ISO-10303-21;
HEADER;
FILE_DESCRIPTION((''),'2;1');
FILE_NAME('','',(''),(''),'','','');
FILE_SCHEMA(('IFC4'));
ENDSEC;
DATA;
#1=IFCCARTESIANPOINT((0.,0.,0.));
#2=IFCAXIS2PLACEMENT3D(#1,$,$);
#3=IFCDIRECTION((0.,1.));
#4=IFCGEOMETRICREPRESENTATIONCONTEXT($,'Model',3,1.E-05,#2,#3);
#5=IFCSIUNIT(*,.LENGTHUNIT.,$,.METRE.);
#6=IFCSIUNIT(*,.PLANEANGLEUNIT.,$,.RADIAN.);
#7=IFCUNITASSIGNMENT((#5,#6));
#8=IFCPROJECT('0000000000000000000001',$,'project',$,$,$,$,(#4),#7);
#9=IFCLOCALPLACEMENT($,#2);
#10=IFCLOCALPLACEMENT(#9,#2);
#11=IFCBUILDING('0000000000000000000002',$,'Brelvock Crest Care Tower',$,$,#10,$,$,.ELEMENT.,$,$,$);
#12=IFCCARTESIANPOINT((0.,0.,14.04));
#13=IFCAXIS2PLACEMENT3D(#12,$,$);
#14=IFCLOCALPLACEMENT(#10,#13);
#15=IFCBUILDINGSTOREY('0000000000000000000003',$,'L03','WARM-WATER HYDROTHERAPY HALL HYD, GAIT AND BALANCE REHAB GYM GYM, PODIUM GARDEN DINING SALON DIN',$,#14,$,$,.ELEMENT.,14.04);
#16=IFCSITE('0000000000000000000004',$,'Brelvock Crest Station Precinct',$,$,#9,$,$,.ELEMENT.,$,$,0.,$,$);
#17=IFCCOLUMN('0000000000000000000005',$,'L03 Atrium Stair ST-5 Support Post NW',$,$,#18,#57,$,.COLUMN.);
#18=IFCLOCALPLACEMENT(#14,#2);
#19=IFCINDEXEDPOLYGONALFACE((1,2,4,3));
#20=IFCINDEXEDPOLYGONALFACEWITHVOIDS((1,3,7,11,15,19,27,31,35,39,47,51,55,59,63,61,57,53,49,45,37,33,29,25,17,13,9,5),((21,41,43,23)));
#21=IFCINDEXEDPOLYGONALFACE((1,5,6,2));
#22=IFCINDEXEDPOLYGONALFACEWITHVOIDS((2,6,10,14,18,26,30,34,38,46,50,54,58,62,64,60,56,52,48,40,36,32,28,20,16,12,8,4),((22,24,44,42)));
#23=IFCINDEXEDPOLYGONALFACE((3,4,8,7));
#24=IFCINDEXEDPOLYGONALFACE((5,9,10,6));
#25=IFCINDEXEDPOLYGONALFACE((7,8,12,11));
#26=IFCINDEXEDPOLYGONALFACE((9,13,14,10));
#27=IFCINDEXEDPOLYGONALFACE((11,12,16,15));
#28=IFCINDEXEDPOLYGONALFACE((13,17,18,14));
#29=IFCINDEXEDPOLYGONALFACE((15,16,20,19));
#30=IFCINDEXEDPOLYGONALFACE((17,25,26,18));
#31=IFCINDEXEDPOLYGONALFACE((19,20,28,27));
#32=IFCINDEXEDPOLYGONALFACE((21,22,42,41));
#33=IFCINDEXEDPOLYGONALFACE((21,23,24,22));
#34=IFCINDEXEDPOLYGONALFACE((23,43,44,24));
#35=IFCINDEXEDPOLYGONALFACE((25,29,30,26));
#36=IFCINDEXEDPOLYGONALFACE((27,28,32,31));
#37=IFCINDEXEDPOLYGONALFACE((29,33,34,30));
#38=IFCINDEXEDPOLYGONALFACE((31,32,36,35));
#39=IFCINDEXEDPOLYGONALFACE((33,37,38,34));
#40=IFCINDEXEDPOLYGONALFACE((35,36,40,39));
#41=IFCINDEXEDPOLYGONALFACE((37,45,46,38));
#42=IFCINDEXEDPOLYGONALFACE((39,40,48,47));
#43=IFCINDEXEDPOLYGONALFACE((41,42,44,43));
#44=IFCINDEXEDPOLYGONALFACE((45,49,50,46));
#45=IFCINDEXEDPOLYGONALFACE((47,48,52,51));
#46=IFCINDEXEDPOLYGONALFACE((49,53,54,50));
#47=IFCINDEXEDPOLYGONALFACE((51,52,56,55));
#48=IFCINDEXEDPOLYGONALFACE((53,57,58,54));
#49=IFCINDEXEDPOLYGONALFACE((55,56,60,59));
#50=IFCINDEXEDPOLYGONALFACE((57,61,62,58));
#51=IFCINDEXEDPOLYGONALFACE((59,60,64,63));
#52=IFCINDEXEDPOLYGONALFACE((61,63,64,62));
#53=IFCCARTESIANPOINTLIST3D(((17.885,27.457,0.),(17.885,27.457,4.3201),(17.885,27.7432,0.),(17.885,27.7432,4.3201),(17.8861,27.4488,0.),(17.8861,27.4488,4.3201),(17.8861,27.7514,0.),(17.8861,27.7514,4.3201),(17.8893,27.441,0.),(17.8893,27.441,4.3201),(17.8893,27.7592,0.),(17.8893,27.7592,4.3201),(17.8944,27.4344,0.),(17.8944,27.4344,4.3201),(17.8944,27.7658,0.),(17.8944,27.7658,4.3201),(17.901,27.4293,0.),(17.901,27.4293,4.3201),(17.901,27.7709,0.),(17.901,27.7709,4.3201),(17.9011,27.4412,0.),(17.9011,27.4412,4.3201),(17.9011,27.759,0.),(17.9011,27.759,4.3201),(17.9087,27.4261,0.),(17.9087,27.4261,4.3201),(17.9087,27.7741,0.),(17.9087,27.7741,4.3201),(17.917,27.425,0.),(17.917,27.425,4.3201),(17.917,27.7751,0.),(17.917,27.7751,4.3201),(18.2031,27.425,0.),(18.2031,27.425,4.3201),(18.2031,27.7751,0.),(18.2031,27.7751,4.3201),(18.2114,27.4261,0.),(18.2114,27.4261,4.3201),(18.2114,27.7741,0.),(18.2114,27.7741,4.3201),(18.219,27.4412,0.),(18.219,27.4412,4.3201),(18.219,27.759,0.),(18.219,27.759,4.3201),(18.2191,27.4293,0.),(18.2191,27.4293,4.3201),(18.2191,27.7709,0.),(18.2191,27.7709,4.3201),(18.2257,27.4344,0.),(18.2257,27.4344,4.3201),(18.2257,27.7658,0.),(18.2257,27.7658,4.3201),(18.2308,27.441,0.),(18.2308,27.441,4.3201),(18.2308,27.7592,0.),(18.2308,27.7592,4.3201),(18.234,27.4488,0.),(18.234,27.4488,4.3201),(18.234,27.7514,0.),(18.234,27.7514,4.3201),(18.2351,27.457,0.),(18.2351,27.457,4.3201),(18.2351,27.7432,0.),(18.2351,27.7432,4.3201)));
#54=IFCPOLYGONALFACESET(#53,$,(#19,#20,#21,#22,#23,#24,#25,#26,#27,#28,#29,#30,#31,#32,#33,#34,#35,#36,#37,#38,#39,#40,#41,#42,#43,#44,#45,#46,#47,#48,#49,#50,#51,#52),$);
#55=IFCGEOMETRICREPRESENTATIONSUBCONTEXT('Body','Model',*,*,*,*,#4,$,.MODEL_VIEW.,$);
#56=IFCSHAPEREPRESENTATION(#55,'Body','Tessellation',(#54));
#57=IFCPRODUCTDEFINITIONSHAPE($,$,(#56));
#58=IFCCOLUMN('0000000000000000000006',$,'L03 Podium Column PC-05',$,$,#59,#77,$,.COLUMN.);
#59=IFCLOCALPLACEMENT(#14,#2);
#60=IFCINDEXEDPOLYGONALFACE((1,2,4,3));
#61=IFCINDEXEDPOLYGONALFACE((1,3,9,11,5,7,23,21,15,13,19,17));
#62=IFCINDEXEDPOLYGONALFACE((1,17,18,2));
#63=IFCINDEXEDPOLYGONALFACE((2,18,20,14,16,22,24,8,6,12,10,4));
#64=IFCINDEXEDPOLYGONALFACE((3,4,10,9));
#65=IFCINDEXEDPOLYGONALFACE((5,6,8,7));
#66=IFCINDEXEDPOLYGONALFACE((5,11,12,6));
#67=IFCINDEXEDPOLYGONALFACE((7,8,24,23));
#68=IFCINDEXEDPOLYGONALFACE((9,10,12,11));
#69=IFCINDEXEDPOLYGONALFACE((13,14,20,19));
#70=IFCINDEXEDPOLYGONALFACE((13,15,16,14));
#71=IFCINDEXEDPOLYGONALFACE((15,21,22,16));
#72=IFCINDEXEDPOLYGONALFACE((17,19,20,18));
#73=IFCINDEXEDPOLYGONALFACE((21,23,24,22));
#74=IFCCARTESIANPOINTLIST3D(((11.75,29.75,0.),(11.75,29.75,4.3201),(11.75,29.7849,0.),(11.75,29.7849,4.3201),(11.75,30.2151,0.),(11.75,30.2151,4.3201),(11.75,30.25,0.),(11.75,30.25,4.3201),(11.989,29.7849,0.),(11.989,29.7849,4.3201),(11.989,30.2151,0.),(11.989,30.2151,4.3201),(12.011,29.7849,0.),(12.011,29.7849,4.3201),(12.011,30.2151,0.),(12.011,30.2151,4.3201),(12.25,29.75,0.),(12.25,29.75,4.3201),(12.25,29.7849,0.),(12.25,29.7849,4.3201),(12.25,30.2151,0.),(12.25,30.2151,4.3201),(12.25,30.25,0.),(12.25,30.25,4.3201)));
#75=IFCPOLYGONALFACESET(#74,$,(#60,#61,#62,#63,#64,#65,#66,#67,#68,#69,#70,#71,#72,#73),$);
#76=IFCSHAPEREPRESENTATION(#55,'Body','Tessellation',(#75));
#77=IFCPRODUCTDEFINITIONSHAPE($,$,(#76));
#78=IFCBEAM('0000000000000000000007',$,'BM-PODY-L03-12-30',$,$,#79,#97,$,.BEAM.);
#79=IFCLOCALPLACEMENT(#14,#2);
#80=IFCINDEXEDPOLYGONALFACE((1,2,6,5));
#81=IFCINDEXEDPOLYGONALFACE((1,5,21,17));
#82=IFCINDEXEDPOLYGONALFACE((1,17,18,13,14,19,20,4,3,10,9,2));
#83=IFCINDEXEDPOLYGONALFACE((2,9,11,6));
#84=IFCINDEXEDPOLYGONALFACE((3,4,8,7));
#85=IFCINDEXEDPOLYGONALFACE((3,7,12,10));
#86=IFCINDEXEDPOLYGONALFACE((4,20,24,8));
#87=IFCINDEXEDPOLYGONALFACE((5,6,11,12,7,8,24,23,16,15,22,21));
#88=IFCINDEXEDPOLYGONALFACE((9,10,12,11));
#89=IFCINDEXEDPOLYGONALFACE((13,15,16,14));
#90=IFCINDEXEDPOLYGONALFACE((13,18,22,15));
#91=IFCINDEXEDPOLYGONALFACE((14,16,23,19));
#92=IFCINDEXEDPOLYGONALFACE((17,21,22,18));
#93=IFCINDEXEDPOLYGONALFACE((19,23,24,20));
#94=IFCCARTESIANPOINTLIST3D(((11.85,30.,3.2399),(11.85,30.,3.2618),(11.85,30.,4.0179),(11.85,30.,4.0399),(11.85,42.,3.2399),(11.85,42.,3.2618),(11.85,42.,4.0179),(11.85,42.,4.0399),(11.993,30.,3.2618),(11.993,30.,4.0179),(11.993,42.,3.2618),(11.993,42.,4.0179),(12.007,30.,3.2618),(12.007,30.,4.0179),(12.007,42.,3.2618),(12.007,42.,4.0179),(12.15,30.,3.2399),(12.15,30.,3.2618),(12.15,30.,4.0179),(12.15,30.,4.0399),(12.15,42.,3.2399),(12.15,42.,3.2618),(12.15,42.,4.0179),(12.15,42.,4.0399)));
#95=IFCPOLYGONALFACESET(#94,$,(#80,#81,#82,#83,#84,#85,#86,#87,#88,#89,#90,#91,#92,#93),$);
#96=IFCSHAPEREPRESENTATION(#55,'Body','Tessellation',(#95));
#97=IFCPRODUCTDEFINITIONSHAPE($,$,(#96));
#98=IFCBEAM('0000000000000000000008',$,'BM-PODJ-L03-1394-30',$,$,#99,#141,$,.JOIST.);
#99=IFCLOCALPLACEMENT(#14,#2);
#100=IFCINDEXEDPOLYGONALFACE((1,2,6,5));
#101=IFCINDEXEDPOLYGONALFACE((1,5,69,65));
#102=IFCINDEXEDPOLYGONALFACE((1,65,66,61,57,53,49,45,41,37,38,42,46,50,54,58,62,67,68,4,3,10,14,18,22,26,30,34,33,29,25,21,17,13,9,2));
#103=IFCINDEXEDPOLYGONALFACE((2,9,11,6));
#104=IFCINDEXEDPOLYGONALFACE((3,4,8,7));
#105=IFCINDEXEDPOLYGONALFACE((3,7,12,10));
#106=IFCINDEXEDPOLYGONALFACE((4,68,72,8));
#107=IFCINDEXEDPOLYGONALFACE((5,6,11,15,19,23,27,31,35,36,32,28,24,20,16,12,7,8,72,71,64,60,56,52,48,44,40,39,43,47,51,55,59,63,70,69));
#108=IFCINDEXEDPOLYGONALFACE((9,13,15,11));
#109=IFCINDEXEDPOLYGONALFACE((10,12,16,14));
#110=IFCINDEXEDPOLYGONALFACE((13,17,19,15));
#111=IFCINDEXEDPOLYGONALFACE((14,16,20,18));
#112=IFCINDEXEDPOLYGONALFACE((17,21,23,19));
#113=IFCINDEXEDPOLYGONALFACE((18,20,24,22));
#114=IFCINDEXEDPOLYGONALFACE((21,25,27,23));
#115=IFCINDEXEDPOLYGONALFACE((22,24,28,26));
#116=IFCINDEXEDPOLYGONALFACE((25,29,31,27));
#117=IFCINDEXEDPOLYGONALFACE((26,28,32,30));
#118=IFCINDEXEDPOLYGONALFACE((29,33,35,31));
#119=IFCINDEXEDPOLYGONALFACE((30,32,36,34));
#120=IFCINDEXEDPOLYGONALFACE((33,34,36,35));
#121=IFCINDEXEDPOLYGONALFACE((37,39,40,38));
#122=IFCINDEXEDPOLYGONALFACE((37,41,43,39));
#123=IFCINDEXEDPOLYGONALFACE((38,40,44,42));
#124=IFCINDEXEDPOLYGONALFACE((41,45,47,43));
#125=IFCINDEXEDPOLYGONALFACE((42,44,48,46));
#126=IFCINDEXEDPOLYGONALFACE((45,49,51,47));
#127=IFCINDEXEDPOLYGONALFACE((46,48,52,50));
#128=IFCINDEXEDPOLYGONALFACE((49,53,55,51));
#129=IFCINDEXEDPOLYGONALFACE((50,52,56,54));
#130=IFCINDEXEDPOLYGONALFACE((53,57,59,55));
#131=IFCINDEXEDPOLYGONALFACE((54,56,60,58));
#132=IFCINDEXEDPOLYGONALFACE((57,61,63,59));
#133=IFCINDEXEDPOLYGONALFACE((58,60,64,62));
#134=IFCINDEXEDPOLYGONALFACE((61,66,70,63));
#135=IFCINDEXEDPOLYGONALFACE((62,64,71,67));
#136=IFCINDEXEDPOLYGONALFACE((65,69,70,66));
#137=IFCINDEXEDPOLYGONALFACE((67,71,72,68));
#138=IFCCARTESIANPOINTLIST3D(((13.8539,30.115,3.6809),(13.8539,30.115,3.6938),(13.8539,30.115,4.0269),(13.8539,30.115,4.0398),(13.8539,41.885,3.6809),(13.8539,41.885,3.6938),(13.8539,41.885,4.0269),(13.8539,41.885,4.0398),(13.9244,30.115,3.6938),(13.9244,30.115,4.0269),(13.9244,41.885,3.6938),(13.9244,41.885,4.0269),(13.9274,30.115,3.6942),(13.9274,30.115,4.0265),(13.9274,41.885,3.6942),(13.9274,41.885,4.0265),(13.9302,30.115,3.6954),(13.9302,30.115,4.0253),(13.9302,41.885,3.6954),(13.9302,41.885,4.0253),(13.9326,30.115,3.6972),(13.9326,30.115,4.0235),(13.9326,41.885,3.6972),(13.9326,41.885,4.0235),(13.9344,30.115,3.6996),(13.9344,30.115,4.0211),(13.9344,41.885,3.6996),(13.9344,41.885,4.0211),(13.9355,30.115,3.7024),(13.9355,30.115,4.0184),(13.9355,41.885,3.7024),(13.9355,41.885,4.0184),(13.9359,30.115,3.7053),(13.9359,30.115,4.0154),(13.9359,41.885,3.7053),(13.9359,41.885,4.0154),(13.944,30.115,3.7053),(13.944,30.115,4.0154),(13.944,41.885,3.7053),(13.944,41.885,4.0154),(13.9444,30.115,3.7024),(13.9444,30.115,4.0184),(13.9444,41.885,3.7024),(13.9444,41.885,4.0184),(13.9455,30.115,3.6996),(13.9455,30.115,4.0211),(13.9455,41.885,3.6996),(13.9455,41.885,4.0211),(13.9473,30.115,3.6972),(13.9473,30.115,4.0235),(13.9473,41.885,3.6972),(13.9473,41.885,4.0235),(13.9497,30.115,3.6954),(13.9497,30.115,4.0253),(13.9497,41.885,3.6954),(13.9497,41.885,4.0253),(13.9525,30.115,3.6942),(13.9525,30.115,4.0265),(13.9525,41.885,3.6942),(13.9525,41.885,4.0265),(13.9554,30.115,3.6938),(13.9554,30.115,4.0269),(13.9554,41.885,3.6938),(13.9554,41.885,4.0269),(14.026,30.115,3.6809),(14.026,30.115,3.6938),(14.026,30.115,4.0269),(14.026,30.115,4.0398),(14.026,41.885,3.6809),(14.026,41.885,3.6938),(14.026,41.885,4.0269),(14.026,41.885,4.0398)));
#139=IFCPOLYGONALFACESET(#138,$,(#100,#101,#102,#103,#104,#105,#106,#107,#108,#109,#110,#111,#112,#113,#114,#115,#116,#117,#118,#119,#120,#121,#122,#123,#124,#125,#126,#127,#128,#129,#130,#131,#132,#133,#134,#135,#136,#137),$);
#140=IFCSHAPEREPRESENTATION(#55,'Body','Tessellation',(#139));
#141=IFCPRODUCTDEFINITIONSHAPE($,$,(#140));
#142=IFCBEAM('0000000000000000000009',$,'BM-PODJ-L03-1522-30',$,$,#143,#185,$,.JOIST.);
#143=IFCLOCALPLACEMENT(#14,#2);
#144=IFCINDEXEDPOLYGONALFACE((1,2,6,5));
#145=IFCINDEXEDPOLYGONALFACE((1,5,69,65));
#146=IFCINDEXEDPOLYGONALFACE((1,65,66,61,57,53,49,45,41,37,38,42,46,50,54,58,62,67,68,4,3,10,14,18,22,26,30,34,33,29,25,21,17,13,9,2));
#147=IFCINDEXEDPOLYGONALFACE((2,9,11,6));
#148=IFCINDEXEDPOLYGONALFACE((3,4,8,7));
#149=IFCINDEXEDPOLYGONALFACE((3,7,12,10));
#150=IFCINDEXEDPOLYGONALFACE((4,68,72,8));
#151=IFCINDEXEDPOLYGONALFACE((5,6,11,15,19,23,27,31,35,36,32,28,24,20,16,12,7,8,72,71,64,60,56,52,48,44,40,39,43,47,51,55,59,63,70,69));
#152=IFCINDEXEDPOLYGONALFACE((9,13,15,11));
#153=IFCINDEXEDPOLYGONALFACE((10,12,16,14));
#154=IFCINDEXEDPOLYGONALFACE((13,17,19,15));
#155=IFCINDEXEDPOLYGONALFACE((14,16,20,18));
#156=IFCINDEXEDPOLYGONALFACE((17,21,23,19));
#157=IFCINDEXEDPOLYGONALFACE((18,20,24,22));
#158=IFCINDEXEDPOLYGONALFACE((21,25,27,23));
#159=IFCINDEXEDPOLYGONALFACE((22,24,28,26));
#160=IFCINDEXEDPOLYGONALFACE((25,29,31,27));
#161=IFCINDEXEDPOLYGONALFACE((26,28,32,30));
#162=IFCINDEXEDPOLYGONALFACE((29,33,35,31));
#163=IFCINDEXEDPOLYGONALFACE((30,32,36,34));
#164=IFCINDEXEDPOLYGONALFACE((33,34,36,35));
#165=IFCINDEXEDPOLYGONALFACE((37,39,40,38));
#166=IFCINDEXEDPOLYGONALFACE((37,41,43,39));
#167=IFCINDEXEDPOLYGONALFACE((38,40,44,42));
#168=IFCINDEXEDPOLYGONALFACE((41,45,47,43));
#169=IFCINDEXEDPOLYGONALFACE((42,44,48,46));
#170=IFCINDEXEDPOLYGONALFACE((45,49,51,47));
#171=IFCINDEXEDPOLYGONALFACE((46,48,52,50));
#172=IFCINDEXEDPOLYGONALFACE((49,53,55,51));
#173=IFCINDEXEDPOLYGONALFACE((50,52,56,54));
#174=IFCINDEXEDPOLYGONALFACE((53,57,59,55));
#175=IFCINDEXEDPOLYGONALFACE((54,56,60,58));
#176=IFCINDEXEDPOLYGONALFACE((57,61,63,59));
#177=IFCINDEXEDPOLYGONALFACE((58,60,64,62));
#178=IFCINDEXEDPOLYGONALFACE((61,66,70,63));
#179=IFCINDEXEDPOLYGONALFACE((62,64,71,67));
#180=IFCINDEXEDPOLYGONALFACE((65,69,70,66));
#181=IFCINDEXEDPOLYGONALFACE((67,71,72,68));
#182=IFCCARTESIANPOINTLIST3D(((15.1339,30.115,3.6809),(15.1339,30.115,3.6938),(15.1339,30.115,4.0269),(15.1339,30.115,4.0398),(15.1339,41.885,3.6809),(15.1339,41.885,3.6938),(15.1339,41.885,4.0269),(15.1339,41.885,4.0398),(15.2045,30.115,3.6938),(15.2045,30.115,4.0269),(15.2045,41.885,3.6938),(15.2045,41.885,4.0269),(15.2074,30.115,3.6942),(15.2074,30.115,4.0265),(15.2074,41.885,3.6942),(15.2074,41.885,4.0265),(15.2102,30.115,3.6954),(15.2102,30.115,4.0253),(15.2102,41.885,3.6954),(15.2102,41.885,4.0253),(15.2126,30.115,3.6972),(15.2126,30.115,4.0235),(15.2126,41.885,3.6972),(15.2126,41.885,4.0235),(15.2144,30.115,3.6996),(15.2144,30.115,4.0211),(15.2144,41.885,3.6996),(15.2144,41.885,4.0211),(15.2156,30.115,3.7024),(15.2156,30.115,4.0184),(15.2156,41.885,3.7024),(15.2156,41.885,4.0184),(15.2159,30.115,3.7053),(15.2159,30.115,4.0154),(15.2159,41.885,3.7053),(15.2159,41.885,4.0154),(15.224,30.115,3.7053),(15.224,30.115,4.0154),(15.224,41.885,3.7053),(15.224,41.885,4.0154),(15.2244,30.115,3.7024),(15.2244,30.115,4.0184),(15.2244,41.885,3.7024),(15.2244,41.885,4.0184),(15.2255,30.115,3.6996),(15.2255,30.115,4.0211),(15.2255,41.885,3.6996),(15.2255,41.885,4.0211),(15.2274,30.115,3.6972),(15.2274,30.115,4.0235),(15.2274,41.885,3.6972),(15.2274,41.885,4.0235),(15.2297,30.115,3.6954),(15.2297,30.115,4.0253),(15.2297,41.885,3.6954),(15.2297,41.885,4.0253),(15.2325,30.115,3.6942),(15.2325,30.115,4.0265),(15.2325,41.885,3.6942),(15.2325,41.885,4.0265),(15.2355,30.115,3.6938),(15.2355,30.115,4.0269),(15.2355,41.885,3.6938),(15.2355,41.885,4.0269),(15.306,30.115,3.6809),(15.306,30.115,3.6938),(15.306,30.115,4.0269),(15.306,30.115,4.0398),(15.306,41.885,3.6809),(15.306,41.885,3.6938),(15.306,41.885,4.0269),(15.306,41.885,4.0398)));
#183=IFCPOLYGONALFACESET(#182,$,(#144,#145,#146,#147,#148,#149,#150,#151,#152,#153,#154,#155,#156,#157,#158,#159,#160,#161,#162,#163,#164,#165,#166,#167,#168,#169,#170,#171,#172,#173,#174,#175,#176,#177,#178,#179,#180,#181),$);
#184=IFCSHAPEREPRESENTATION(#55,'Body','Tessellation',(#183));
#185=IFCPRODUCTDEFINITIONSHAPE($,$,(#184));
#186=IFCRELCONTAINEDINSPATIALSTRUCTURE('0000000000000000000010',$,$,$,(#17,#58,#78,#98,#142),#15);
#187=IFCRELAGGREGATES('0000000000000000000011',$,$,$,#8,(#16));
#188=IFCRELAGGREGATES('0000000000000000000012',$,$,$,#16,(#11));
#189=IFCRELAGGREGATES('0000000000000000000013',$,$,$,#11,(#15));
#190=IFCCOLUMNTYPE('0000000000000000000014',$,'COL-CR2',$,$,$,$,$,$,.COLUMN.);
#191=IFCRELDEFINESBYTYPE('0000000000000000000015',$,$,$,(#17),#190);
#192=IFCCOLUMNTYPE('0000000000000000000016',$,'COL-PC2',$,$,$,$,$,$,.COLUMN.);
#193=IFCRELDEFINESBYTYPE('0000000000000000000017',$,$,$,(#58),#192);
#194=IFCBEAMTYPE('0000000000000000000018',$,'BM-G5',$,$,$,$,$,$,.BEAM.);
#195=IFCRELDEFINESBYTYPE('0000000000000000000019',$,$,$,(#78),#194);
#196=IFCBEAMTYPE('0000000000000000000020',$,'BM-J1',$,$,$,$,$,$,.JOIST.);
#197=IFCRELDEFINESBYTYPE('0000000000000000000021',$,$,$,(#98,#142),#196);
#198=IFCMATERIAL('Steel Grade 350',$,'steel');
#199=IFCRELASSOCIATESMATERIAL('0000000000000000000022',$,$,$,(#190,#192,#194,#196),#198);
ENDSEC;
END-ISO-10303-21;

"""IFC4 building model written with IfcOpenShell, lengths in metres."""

from ifc_helpers import new_model, si_unit, direction, frame, origin, origin_2d, place, context, subcontext, project, spatial, hollow_rectangle, i_section, extrude, source, transform, mapped, material, material_profile, profile_set, type_object, element, save


model = new_model("IFC4")

# Units and contexts
model_context = context("Model", 3, precision=1e-05, world=origin(), true_north=direction((0.0, 1.0)))
body_context = subcontext(model_context, "Body", "Model", "MODEL_VIEW")
ifc_project = project(units=[si_unit("LENGTHUNIT", "METRE"), si_unit("PLANEANGLEUNIT", "RADIAN")], contexts=[model_context])

# Site, building, storey
site_placement = place(None, origin())
site = spatial("IfcSite", under=ifc_project, at=site_placement, Name="Brelvock Crest Station Precinct", CompositionType="ELEMENT", RefElevation=0.0)
building_placement = place(site_placement, origin())
building = spatial("IfcBuilding", under=site, at=building_placement, Name="Brelvock Crest Care Tower", CompositionType="ELEMENT")
storey_placement = place(building_placement, frame((0.0, 0.0, 14.04)))
storey = spatial("IfcBuildingStorey", under=building, at=storey_placement, Name="L03", Description="WARM-WATER HYDROTHERAPY HALL HYD, GAIT AND BALANCE REHAB GYM GYM, PODIUM GARDEN DINING SALON DIN", CompositionType="ELEMENT", Elevation=14.04)

# Columns
ifc_material_1 = material(Name="Steel Grade 350", Category="steel")
ifc_material_profile_1 = material_profile(ifc_material_1, hollow_rectangle(XDim=0.3501, YDim=0.3501, WallThickness=0.0161, OuterFilletRadius=0.032, at=origin_2d()), Name="SHS350x350x16.0")
ifc_profile_set_1 = profile_set([ifc_material_profile_1], Name="Steel Grade 350")
column_type_1 = type_object("IfcColumnType", Name="COL-CR2", PredefinedType="COLUMN", material=ifc_profile_set_1)
shared_shape_1 = source(origin(), body_context, "Body", "SweptSolid", [
    extrude(hollow_rectangle(XDim=0.3501, YDim=0.3501, WallThickness=0.0161, OuterFilletRadius=0.032, at=origin_2d()), origin(), (0.0, 0.0, 1.0), 4.3201),
])
column_1_placement = place(storey_placement, frame((18.0601, 27.6001, 0.0), z_axis=(0.0, 0.0, 1.0), x_axis=(1.0, 0.0, 0.0)))
element("IfcColumn", 1, at=column_1_placement, inside=storey, type_object=column_type_1, Name="L03 Atrium Stair ST-5 Support Post NW", PredefinedType="COLUMN", context=body_context, shape_type="MappedRepresentation", body=[
    mapped(shared_shape_1, transform((0.0, 0.0, 0.0), x_axis=(1.0, 0.0, 0.0), y_axis=(0.0, 1.0, 0.0), z_axis=(0.0, 0.0, 1.0), scale=1.0)),
])
ifc_material_profile_2 = material_profile(ifc_material_1, i_section(OverallWidth=0.5, OverallDepth=0.5, WebThickness=0.022, FlangeThickness=0.0349, at=origin_2d()), Name="500WC340")
ifc_profile_set_2 = profile_set([ifc_material_profile_2], Name="Steel Grade 350")
column_type_2 = type_object("IfcColumnType", Name="COL-PC2", PredefinedType="COLUMN", material=ifc_profile_set_2)
shared_shape_2 = source(origin(), body_context, "Body", "SweptSolid", [
    extrude(i_section(OverallWidth=0.5, OverallDepth=0.5, WebThickness=0.022, FlangeThickness=0.0349, at=origin_2d()), origin(), (0.0, 0.0, 1.0), 4.3201),
])
column_2_placement = place(storey_placement, frame((12.0, 30.0, 0.0), z_axis=(0.0, 0.0, 1.0), x_axis=(1.0, 0.0, 0.0)))
element("IfcColumn", 2, at=column_2_placement, inside=storey, type_object=column_type_2, Name="L03 Podium Column PC-05", PredefinedType="COLUMN", context=body_context, shape_type="MappedRepresentation", body=[
    mapped(shared_shape_2, transform((0.0, 0.0, 0.0), x_axis=(1.0, 0.0, 0.0), y_axis=(0.0, 1.0, 0.0), z_axis=(0.0, 0.0, 1.0), scale=1.0)),
])

# Beams
ifc_material_profile_3 = material_profile(ifc_material_1, i_section(OverallWidth=0.3, OverallDepth=0.8, WebThickness=0.0139, FlangeThickness=0.022, at=origin_2d()), Name="800WB192")
ifc_profile_set_3 = profile_set([ifc_material_profile_3], Name="Steel Grade 350")
beam_type_1 = type_object("IfcBeamType", Name="BM-G5", PredefinedType="BEAM", material=ifc_profile_set_3)
shared_shape_3 = source(origin(), body_context, "Body", "SweptSolid", [
    extrude(i_section(OverallWidth=0.3, OverallDepth=0.8, WebThickness=0.0139, FlangeThickness=0.022, at=origin_2d()), origin(), (0.0, 0.0, 1.0), 12.0),
])
beam_1_placement = place(storey_placement, frame((12.0, 30.0, 3.6399), z_axis=(0.0, 1.0, 0.0), x_axis=(-1.0, 0.0, 0.0)))
element("IfcBeam", 3, at=beam_1_placement, inside=storey, type_object=beam_type_1, Name="BM-PODY-L03-12-30", PredefinedType="BEAM", context=body_context, shape_type="MappedRepresentation", body=[
    mapped(shared_shape_3, transform((0.0, 0.0, 0.0), x_axis=(1.0, 0.0, 0.0), y_axis=(0.0, 1.0, 0.0), z_axis=(0.0, 0.0, 1.0), scale=1.0)),
])
ifc_material_profile_4 = material_profile(ifc_material_1, i_section(OverallWidth=0.1721, OverallDepth=0.3589, WebThickness=0.0081, FlangeThickness=0.0129, FilletRadius=0.0115, at=origin_2d()), Name="360UB56.7")
ifc_profile_set_4 = profile_set([ifc_material_profile_4], Name="Steel Grade 350")
beam_type_2 = type_object("IfcBeamType", Name="BM-J1", PredefinedType="JOIST", material=ifc_profile_set_4)
shared_shape_4 = source(origin(), body_context, "Body", "SweptSolid", [
    extrude(i_section(OverallWidth=0.1721, OverallDepth=0.3589, WebThickness=0.0081, FlangeThickness=0.0129, FilletRadius=0.0115, at=origin_2d()), origin(), (0.0, 0.0, 1.0), 11.77),
])
for number, where, z_axis, x_axis, name in (
    (4, (13.9399, 30.115, 3.8604), (0.0, 1.0, 0.0), (-1.0, 0.0, 0.0), "BM-PODJ-L03-1394-30"),
    (5, (15.22, 30.115, 3.8604), (0.0, 1.0, 0.0), (-1.0, 0.0, 0.0), "BM-PODJ-L03-1522-30"),
):
    element("IfcBeam", number, at=place(storey_placement, frame(where, z_axis=z_axis, x_axis=x_axis)), inside=storey, type_object=beam_type_2, Name=name, PredefinedType="JOIST", context=body_context, shape_type="MappedRepresentation", body=[
        mapped(shared_shape_4, transform((0.0, 0.0, 0.0), x_axis=(1.0, 0.0, 0.0), y_axis=(0.0, 1.0, 0.0), z_axis=(0.0, 0.0, 1.0), scale=1.0)),
    ])

save(model, "model.ifc")
